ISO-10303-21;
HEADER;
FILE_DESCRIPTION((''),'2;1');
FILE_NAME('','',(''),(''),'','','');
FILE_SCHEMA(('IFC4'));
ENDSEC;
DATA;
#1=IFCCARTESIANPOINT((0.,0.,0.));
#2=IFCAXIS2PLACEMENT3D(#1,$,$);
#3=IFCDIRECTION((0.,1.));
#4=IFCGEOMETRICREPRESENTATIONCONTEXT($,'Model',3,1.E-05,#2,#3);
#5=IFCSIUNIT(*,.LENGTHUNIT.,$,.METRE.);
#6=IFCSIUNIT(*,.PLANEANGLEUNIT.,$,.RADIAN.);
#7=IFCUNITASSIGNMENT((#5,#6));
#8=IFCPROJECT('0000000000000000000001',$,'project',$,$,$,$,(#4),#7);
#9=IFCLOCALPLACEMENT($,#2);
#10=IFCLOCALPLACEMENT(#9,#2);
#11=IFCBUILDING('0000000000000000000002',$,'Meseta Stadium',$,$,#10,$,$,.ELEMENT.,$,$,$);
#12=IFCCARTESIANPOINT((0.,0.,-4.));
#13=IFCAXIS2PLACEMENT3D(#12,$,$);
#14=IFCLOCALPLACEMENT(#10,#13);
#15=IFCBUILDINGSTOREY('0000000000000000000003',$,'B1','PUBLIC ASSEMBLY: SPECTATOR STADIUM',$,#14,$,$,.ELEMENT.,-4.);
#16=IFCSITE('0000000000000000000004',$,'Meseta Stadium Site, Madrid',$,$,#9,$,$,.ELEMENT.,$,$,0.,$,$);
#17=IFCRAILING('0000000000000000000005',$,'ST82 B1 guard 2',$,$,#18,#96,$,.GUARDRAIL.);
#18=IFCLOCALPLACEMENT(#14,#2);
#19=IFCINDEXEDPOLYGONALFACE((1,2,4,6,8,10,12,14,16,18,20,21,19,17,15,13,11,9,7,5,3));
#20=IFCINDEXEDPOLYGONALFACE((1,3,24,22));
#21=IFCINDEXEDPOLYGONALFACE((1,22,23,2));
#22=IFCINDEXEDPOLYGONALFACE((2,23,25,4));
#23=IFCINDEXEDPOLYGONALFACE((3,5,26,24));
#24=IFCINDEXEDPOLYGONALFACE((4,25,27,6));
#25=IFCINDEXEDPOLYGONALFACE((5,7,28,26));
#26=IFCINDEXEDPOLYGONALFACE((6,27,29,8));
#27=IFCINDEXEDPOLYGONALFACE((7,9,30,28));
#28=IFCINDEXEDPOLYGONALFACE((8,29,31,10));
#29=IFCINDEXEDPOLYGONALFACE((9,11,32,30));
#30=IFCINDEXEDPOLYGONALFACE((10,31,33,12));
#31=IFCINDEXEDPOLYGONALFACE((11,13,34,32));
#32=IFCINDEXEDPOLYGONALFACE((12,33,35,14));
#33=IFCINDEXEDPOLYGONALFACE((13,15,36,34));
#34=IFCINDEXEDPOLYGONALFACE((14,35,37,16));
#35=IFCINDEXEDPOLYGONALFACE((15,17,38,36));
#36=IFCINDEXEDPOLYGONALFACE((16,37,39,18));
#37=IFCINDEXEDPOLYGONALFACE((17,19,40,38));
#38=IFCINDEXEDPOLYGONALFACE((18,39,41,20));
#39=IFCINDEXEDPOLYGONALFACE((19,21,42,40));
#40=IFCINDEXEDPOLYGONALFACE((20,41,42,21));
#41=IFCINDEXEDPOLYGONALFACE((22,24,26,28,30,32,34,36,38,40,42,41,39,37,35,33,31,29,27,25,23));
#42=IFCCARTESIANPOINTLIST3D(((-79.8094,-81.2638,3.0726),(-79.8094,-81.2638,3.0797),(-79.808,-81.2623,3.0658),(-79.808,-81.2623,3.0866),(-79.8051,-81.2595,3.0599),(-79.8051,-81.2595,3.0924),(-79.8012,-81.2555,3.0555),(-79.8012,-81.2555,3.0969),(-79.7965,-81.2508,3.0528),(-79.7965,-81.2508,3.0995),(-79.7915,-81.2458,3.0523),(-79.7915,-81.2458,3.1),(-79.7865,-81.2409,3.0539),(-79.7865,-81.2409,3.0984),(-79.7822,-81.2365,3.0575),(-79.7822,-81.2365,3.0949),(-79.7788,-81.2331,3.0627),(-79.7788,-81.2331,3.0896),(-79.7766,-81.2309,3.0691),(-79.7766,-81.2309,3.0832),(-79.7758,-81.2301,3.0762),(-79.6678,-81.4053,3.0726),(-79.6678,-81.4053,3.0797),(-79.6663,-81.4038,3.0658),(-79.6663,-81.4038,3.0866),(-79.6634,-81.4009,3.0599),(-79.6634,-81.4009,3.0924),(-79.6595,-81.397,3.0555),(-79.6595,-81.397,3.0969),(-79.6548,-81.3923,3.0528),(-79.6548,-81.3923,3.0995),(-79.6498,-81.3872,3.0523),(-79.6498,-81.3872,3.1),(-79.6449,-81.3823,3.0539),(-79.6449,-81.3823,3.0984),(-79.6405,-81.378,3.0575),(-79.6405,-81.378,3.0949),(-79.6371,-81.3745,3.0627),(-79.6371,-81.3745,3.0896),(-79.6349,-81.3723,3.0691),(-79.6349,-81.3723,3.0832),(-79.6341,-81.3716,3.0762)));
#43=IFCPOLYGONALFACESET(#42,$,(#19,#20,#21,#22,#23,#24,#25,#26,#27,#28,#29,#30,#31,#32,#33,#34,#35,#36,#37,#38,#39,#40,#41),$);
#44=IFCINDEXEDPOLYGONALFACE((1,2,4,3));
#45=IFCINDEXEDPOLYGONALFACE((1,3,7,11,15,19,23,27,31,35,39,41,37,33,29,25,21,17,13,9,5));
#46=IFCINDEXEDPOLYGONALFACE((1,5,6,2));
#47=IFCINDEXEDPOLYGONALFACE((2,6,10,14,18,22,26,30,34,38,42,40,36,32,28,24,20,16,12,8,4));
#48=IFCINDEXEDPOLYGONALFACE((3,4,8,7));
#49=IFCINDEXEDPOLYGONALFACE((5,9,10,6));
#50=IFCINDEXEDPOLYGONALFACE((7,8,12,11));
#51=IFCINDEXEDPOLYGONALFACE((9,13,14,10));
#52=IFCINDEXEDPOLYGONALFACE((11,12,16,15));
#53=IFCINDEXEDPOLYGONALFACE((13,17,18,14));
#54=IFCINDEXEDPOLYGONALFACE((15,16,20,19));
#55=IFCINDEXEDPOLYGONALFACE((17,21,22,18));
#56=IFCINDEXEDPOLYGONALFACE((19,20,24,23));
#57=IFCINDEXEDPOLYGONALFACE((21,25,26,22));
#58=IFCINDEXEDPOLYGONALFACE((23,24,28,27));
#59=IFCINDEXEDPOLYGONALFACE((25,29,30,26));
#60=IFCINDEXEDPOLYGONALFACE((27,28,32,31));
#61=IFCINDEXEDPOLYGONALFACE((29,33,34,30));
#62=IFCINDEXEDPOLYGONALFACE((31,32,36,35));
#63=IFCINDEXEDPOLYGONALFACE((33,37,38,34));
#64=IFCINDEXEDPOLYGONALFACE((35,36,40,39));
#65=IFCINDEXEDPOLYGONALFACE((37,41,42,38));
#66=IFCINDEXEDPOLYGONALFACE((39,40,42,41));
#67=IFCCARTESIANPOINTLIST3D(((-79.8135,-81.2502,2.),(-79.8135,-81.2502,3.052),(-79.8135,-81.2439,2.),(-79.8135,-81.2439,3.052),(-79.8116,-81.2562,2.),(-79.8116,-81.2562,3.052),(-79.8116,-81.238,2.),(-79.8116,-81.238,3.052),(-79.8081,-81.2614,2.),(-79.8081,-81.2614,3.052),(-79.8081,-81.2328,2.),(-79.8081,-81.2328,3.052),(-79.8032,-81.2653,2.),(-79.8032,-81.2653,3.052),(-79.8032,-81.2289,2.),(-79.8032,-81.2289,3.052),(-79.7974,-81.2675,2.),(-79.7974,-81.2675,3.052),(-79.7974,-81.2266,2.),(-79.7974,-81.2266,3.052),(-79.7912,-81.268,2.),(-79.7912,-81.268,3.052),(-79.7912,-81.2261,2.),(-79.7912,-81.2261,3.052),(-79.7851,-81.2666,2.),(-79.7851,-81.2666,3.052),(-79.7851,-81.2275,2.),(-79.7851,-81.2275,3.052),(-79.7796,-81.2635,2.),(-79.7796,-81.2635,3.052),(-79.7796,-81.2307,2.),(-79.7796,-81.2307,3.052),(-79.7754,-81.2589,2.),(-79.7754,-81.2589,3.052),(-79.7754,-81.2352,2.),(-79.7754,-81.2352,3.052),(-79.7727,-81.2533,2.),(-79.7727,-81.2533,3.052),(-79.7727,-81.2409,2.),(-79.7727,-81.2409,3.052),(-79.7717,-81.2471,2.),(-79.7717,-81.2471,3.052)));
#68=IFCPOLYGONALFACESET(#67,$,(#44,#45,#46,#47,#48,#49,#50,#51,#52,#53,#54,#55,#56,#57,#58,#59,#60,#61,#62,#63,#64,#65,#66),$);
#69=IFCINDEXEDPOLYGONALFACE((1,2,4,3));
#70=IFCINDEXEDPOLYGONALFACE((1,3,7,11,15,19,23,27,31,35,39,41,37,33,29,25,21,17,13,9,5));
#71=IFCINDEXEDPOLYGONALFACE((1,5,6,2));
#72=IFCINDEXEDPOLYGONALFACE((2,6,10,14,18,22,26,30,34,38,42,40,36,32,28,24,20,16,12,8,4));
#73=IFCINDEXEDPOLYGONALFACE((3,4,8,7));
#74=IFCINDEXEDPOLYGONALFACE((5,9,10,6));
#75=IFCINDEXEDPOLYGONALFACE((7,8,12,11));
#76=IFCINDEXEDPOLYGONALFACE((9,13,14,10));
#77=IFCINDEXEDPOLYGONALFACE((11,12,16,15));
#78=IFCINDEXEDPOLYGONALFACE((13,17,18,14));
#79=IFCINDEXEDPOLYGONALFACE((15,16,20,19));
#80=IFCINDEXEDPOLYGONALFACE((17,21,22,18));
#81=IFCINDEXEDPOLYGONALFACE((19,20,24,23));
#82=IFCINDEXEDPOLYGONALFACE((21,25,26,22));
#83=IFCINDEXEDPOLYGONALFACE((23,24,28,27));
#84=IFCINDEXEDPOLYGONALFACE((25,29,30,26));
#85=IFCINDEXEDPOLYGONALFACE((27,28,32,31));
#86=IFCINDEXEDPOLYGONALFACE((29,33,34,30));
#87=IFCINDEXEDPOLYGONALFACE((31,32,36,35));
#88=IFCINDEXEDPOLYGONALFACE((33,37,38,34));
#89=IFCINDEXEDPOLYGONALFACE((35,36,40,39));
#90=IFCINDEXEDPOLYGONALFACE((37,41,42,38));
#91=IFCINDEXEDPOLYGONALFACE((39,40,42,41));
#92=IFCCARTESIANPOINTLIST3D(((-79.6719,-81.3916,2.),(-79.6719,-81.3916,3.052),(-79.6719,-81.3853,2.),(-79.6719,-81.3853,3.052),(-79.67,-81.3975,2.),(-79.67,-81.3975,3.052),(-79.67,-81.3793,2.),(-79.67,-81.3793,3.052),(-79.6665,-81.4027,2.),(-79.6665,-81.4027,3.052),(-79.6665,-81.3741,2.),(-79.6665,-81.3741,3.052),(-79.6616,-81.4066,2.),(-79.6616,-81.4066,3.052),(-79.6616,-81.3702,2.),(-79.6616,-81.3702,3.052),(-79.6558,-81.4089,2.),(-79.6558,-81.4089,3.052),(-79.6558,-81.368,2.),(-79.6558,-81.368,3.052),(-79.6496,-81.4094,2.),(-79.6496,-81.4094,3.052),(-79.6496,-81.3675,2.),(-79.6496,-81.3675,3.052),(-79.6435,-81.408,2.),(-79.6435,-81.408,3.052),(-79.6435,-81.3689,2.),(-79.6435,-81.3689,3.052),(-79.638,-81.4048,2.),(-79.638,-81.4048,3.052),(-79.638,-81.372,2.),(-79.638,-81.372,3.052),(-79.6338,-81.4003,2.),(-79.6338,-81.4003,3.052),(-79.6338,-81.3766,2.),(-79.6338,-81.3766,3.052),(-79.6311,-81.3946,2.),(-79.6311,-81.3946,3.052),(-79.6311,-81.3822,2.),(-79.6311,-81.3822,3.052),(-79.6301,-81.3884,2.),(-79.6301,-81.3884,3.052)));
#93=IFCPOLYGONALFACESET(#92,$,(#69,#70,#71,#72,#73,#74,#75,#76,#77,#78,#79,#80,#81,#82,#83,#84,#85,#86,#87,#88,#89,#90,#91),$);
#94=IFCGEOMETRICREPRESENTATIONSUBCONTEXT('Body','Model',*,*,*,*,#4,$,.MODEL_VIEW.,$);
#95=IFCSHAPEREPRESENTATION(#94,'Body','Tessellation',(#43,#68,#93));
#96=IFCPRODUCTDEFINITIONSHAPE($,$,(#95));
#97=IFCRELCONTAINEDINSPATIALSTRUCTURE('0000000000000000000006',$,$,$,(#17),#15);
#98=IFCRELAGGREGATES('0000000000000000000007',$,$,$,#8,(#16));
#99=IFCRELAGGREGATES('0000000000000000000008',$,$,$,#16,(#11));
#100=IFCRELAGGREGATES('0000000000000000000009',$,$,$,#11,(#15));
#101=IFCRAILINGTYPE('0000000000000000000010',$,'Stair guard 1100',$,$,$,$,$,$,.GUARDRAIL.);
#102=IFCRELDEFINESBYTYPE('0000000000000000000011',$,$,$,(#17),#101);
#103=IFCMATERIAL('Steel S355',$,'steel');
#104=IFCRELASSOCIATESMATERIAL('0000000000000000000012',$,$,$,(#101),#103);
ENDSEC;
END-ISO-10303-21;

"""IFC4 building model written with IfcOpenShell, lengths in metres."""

from ifc_helpers import new_model, si_unit, direction, frame, origin, origin_2d, place, context, subcontext, project, spatial, circle, extrude, material, type_object, element, save


model = new_model("IFC4")

# Units and contexts
model_context = context("Model", 3, precision=1e-05, world=origin(), true_north=direction((0.0, 1.0)))
body_context = subcontext(model_context, "Body", "Model", "MODEL_VIEW")
ifc_project = project(units=[si_unit("LENGTHUNIT", "METRE"), si_unit("PLANEANGLEUNIT", "RADIAN")], contexts=[model_context])

# Site, building, storey
site_placement = place(None, origin())
site = spatial("IfcSite", under=ifc_project, at=site_placement, Name="Meseta Stadium Site, Madrid", CompositionType="ELEMENT", RefElevation=0.0)
building_placement = place(site_placement, origin())
building = spatial("IfcBuilding", under=site, at=building_placement, Name="Meseta Stadium", CompositionType="ELEMENT")
storey_placement = place(building_placement, frame((0.0, 0.0, -4.0)))
storey = spatial("IfcBuildingStorey", under=building, at=storey_placement, Name="B1", Description="PUBLIC ASSEMBLY: SPECTATOR STADIUM", CompositionType="ELEMENT", Elevation=-4.0)

# Railing
ifc_material_1 = material(Name="Steel S355", Category="steel")
railing_type_1 = type_object("IfcRailingType", Name="Stair guard 1100", PredefinedType="GUARDRAIL", material=ifc_material_1)
railing_1_placement = place(storey_placement, frame((-79.7927, -81.2471, 2.0)))
element("IfcRailing", 1, at=railing_1_placement, inside=storey, type_object=railing_type_1, Name="ST82 B1 guard 2", PredefinedType="GUARDRAIL", context=body_context, shape_type="SweptSolid", body=[
    extrude(circle(Radius=0.0239, at=origin_2d()), frame((0.0, 0.0, 1.0762), z_axis=(0.707717, -0.706496, 0.0), x_axis=(0.706496, 0.707717, 0.0)), (0.0, 0.0, 1.0), 0.2002),
    extrude(circle(Radius=0.021, at=origin_2d()), origin(), (0.0, 0.0, 1.0), 1.052),
    extrude(circle(Radius=0.021, at=origin_2d()), frame((0.1416, -0.1414, 0.0)), (0.0, 0.0, 1.0), 1.052),
])

save(model, "model.ifc")
